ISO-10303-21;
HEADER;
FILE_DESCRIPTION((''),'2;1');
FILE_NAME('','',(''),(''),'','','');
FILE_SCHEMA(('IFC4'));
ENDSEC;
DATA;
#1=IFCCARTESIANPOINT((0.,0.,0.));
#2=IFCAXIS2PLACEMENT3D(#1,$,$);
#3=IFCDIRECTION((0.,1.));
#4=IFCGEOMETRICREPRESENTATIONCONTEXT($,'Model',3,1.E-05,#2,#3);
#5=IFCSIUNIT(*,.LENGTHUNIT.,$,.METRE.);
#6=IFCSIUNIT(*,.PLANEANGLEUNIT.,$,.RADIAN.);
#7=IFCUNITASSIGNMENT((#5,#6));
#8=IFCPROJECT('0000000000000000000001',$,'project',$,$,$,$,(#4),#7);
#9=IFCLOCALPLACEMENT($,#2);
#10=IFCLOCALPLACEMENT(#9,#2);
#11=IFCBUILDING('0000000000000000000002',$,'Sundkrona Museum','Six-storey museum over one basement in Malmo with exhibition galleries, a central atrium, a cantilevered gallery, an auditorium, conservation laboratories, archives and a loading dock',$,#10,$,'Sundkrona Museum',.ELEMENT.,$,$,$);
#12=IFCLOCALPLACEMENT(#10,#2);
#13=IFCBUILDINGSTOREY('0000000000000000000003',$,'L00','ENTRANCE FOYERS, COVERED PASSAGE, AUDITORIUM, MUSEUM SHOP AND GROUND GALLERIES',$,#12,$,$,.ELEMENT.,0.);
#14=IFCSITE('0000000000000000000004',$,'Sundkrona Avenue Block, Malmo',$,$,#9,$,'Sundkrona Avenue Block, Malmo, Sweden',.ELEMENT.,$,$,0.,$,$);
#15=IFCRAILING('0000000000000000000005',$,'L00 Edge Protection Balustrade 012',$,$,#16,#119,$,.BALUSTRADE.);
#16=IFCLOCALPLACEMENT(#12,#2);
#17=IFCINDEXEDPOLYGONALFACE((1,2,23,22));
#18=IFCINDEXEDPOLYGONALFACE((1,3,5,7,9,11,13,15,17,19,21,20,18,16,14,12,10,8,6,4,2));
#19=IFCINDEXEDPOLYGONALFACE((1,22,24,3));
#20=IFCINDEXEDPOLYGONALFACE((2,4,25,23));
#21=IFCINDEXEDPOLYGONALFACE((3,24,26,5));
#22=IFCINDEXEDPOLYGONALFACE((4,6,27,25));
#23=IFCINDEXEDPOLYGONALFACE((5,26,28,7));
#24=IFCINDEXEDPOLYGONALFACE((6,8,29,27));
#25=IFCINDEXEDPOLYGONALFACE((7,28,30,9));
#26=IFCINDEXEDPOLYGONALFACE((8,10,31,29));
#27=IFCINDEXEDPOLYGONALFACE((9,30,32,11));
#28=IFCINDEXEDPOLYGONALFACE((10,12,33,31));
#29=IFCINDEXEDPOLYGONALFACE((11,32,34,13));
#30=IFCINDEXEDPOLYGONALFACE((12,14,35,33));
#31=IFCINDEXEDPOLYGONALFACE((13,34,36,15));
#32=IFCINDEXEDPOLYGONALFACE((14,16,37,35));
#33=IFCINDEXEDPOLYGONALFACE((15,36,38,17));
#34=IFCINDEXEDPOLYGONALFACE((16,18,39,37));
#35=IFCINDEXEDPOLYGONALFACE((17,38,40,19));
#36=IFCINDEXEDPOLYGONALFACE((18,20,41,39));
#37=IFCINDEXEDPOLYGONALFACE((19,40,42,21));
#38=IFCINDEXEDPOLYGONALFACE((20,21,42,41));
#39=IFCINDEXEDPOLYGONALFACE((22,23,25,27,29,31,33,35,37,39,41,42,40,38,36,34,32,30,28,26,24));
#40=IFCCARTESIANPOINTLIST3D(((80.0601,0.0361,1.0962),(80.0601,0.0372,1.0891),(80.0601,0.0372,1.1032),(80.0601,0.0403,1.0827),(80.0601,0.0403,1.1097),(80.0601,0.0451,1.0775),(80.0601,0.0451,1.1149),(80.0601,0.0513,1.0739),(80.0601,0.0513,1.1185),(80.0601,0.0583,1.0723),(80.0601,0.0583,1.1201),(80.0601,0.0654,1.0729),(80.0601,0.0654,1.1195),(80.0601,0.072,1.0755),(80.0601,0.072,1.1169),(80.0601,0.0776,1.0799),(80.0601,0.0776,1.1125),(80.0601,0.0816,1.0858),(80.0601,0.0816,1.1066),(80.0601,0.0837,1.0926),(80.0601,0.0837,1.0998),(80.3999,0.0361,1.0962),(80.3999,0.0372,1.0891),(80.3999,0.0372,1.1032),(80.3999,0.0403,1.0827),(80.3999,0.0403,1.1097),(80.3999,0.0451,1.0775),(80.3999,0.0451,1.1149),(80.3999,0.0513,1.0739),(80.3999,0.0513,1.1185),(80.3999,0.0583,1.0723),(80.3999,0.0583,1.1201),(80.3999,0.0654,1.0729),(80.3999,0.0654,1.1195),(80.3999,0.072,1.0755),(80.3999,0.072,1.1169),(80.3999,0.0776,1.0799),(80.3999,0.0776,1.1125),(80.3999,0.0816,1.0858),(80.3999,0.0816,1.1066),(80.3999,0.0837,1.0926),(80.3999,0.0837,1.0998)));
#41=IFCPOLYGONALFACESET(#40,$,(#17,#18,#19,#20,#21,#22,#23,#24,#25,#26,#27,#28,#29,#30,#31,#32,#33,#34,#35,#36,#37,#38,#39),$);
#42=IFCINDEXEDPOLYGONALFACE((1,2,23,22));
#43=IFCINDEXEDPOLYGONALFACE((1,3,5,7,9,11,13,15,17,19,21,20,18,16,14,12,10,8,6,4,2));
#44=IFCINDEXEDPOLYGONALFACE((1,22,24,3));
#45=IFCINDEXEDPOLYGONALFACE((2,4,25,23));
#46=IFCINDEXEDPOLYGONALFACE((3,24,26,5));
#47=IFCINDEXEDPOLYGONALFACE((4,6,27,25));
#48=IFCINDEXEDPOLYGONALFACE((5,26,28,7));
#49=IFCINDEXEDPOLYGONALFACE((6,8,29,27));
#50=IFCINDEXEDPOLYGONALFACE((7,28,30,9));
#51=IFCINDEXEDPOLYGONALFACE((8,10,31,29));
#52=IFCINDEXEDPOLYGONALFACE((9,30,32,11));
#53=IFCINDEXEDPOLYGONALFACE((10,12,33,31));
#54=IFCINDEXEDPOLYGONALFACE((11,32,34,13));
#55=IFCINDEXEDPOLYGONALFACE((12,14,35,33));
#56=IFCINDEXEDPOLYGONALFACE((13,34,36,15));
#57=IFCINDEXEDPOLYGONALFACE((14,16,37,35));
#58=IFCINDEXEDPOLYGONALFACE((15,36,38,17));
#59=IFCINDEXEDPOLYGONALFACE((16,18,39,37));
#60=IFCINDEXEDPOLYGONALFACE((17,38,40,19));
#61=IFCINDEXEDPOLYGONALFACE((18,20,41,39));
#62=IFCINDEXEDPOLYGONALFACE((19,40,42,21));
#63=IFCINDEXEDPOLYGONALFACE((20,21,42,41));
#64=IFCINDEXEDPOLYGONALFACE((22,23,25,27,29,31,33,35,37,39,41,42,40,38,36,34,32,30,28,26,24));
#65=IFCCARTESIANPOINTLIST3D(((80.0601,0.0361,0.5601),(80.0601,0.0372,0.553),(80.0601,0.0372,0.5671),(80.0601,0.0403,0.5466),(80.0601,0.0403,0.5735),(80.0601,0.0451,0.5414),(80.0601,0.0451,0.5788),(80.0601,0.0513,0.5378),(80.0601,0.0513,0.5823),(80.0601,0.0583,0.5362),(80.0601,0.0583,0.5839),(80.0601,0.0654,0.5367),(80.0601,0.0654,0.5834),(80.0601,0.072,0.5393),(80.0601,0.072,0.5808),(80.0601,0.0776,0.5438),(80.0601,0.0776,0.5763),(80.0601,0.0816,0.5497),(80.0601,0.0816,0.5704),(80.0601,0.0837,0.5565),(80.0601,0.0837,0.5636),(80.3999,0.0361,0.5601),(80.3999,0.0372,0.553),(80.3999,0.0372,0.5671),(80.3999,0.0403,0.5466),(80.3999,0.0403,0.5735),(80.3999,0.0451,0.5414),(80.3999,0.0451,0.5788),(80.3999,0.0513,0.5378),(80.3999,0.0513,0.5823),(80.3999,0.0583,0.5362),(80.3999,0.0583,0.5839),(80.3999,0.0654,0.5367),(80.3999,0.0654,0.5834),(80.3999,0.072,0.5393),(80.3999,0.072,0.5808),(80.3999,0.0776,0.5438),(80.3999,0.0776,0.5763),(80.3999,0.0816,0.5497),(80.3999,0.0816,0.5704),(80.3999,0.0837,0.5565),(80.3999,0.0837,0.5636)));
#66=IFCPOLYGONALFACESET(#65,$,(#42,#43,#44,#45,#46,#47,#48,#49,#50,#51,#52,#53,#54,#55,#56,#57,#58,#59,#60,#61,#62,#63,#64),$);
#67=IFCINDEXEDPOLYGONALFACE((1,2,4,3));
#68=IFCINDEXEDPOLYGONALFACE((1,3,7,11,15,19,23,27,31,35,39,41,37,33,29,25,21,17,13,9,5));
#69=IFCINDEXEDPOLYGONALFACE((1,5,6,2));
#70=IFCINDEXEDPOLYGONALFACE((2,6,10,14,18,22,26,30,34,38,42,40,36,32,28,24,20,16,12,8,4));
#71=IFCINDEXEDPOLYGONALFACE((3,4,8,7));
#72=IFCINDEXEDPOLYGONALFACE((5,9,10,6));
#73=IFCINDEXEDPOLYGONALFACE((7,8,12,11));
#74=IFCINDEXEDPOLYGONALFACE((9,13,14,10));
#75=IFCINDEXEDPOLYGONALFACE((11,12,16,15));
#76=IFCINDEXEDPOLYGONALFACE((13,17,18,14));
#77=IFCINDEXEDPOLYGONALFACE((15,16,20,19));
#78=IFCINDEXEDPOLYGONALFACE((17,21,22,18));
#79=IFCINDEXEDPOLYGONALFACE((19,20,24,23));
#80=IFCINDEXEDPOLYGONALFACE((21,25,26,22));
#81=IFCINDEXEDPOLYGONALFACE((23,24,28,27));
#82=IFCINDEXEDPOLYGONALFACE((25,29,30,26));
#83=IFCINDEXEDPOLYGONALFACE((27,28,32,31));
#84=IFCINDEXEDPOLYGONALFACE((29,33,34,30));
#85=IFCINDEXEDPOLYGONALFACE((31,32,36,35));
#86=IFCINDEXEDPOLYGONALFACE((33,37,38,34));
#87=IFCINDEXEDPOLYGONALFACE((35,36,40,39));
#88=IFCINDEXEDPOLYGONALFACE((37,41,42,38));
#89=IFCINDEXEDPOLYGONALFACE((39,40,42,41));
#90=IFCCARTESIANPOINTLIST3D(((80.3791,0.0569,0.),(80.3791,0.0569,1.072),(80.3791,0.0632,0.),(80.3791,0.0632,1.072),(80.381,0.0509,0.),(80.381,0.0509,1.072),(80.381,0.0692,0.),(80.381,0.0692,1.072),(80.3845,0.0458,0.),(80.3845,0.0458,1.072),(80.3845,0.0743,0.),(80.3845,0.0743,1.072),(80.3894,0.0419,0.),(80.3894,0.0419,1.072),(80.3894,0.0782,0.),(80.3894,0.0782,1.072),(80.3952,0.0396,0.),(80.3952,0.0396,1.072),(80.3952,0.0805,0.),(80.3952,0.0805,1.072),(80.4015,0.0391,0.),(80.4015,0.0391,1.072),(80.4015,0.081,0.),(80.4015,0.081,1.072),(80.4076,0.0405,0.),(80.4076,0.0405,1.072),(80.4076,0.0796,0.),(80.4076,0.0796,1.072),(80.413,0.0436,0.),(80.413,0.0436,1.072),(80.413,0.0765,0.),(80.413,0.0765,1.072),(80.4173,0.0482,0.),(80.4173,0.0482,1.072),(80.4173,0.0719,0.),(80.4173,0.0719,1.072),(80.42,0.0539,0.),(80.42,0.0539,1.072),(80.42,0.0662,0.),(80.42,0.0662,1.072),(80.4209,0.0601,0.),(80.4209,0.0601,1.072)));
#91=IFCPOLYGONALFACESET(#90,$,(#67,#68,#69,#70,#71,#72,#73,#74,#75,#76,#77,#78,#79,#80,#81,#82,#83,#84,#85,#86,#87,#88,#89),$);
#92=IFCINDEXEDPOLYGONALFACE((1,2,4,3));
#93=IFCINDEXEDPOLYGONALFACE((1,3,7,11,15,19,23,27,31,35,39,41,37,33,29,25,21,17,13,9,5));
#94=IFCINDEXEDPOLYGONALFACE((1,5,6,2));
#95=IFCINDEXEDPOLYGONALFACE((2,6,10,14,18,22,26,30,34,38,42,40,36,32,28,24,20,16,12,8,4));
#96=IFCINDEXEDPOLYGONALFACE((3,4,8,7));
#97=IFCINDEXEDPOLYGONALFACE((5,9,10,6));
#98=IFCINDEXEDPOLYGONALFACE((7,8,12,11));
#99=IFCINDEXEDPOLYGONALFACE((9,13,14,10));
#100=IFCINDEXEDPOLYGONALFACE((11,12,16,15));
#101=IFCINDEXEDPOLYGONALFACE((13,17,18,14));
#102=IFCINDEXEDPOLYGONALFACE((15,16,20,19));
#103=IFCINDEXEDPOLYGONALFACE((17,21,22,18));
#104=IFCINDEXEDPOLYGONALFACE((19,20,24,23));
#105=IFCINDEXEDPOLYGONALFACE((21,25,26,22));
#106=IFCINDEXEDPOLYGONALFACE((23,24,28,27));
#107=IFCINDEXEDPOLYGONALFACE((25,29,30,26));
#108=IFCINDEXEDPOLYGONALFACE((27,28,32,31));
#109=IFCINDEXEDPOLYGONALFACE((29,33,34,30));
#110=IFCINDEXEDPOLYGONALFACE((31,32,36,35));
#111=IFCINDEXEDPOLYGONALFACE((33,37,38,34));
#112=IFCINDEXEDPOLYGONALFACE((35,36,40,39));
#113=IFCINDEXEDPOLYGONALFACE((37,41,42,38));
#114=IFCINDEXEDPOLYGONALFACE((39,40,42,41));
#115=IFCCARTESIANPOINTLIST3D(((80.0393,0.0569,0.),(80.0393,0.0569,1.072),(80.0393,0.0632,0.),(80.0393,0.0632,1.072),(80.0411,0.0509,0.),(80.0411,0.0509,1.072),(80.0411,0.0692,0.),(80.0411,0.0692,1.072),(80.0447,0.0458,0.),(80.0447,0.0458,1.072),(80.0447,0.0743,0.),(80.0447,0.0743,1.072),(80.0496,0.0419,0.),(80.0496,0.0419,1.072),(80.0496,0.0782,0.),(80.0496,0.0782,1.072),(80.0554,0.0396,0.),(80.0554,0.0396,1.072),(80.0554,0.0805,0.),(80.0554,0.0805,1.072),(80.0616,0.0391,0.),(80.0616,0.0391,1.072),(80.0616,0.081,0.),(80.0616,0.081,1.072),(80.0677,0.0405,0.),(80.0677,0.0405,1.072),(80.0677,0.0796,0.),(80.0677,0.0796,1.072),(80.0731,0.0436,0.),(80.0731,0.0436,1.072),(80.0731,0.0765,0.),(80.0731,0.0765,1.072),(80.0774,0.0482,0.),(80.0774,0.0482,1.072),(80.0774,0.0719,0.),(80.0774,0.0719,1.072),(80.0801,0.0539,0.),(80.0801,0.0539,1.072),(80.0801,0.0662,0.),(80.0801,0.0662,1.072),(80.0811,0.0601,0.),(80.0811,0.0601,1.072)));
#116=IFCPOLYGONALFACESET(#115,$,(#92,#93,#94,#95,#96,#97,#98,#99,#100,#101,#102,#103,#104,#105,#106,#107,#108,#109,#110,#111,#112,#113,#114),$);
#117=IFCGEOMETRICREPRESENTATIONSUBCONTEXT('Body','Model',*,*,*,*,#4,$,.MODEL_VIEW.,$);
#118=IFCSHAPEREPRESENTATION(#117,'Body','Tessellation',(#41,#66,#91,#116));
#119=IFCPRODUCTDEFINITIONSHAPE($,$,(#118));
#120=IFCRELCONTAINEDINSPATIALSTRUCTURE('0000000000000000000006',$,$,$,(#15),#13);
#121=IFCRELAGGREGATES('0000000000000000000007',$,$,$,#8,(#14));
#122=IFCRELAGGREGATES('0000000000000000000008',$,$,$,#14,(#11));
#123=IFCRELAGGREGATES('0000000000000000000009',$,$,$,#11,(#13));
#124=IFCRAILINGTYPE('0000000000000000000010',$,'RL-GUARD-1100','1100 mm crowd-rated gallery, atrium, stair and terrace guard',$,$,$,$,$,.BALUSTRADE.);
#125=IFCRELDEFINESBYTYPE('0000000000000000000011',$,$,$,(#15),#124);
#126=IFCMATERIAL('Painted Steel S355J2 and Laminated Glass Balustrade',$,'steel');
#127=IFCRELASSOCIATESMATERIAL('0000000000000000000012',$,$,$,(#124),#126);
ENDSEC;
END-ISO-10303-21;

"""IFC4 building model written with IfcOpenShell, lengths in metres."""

from ifc_helpers import new_model, si_unit, direction, frame, origin, origin_2d, place, context, subcontext, project, spatial, circle, extrude, material, type_object, element, save


model = new_model("IFC4")

# Units and contexts
model_context = context("Model", 3, precision=1e-05, world=origin(), true_north=direction((0.0, 1.0)))
body_context = subcontext(model_context, "Body", "Model", "MODEL_VIEW")
ifc_project = project(units=[si_unit("LENGTHUNIT", "METRE"), si_unit("PLANEANGLEUNIT", "RADIAN")], contexts=[model_context])

# Site, building, storey
site_placement = place(None, origin())
site = spatial("IfcSite", under=ifc_project, at=site_placement, Name="Sundkrona Avenue Block, Malmo", LongName="Sundkrona Avenue Block, Malmo, Sweden", CompositionType="ELEMENT", RefElevation=0.0)
building_placement = place(site_placement, origin())
building = spatial("IfcBuilding", under=site, at=building_placement, Name="Sundkrona Museum", Description="Six-storey museum over one basement in Malmo with exhibition galleries, a central atrium, a cantilevered gallery, an auditorium, conservation laboratories, archives and a loading dock", LongName="Sundkrona Museum", CompositionType="ELEMENT")
storey_placement = place(building_placement, origin())
storey = spatial("IfcBuildingStorey", under=building, at=storey_placement, Name="L00", Description="ENTRANCE FOYERS, COVERED PASSAGE, AUDITORIUM, MUSEUM SHOP AND GROUND GALLERIES", CompositionType="ELEMENT", Elevation=0.0)

# Railing
ifc_material_1 = material(Name="Painted Steel S355J2 and Laminated Glass Balustrade", Category="steel")
railing_type = type_object("IfcRailingType", Name="RL-GUARD-1100", Description="1100 mm crowd-rated gallery, atrium, stair and terrace guard", PredefinedType="BALUSTRADE", material=ifc_material_1)
railing_1_placement = place(storey_placement, frame((80.3999, 0.0601, 0.0)))
element("IfcRailing", 1, at=railing_1_placement, inside=storey, type_object=railing_type, Name="L00 Edge Protection Balustrade 012", PredefinedType="BALUSTRADE", context=body_context, shape_type="SweptSolid", body=[
    extrude(circle(Radius=0.0239, at=origin_2d()), frame((0.0, 0.0, 1.0962), z_axis=(-1.0, 0.0, 0.0), x_axis=(0.0, -1.0, 0.0)), (0.0, 0.0, 1.0), 0.3398),
    extrude(circle(Radius=0.0239, at=origin_2d()), frame((0.0, 0.0, 0.5601), z_axis=(-1.0, 0.0, 0.0), x_axis=(0.0, -1.0, 0.0)), (0.0, 0.0, 1.0), 0.3398),
    extrude(circle(Radius=0.021, at=origin_2d()), origin(), (0.0, 0.0, 1.0), 1.072),
    extrude(circle(Radius=0.021, at=origin_2d()), frame((-0.3398, 0.0, 0.0)), (0.0, 0.0, 1.0), 1.072),
])

save(model, "model.ifc")
